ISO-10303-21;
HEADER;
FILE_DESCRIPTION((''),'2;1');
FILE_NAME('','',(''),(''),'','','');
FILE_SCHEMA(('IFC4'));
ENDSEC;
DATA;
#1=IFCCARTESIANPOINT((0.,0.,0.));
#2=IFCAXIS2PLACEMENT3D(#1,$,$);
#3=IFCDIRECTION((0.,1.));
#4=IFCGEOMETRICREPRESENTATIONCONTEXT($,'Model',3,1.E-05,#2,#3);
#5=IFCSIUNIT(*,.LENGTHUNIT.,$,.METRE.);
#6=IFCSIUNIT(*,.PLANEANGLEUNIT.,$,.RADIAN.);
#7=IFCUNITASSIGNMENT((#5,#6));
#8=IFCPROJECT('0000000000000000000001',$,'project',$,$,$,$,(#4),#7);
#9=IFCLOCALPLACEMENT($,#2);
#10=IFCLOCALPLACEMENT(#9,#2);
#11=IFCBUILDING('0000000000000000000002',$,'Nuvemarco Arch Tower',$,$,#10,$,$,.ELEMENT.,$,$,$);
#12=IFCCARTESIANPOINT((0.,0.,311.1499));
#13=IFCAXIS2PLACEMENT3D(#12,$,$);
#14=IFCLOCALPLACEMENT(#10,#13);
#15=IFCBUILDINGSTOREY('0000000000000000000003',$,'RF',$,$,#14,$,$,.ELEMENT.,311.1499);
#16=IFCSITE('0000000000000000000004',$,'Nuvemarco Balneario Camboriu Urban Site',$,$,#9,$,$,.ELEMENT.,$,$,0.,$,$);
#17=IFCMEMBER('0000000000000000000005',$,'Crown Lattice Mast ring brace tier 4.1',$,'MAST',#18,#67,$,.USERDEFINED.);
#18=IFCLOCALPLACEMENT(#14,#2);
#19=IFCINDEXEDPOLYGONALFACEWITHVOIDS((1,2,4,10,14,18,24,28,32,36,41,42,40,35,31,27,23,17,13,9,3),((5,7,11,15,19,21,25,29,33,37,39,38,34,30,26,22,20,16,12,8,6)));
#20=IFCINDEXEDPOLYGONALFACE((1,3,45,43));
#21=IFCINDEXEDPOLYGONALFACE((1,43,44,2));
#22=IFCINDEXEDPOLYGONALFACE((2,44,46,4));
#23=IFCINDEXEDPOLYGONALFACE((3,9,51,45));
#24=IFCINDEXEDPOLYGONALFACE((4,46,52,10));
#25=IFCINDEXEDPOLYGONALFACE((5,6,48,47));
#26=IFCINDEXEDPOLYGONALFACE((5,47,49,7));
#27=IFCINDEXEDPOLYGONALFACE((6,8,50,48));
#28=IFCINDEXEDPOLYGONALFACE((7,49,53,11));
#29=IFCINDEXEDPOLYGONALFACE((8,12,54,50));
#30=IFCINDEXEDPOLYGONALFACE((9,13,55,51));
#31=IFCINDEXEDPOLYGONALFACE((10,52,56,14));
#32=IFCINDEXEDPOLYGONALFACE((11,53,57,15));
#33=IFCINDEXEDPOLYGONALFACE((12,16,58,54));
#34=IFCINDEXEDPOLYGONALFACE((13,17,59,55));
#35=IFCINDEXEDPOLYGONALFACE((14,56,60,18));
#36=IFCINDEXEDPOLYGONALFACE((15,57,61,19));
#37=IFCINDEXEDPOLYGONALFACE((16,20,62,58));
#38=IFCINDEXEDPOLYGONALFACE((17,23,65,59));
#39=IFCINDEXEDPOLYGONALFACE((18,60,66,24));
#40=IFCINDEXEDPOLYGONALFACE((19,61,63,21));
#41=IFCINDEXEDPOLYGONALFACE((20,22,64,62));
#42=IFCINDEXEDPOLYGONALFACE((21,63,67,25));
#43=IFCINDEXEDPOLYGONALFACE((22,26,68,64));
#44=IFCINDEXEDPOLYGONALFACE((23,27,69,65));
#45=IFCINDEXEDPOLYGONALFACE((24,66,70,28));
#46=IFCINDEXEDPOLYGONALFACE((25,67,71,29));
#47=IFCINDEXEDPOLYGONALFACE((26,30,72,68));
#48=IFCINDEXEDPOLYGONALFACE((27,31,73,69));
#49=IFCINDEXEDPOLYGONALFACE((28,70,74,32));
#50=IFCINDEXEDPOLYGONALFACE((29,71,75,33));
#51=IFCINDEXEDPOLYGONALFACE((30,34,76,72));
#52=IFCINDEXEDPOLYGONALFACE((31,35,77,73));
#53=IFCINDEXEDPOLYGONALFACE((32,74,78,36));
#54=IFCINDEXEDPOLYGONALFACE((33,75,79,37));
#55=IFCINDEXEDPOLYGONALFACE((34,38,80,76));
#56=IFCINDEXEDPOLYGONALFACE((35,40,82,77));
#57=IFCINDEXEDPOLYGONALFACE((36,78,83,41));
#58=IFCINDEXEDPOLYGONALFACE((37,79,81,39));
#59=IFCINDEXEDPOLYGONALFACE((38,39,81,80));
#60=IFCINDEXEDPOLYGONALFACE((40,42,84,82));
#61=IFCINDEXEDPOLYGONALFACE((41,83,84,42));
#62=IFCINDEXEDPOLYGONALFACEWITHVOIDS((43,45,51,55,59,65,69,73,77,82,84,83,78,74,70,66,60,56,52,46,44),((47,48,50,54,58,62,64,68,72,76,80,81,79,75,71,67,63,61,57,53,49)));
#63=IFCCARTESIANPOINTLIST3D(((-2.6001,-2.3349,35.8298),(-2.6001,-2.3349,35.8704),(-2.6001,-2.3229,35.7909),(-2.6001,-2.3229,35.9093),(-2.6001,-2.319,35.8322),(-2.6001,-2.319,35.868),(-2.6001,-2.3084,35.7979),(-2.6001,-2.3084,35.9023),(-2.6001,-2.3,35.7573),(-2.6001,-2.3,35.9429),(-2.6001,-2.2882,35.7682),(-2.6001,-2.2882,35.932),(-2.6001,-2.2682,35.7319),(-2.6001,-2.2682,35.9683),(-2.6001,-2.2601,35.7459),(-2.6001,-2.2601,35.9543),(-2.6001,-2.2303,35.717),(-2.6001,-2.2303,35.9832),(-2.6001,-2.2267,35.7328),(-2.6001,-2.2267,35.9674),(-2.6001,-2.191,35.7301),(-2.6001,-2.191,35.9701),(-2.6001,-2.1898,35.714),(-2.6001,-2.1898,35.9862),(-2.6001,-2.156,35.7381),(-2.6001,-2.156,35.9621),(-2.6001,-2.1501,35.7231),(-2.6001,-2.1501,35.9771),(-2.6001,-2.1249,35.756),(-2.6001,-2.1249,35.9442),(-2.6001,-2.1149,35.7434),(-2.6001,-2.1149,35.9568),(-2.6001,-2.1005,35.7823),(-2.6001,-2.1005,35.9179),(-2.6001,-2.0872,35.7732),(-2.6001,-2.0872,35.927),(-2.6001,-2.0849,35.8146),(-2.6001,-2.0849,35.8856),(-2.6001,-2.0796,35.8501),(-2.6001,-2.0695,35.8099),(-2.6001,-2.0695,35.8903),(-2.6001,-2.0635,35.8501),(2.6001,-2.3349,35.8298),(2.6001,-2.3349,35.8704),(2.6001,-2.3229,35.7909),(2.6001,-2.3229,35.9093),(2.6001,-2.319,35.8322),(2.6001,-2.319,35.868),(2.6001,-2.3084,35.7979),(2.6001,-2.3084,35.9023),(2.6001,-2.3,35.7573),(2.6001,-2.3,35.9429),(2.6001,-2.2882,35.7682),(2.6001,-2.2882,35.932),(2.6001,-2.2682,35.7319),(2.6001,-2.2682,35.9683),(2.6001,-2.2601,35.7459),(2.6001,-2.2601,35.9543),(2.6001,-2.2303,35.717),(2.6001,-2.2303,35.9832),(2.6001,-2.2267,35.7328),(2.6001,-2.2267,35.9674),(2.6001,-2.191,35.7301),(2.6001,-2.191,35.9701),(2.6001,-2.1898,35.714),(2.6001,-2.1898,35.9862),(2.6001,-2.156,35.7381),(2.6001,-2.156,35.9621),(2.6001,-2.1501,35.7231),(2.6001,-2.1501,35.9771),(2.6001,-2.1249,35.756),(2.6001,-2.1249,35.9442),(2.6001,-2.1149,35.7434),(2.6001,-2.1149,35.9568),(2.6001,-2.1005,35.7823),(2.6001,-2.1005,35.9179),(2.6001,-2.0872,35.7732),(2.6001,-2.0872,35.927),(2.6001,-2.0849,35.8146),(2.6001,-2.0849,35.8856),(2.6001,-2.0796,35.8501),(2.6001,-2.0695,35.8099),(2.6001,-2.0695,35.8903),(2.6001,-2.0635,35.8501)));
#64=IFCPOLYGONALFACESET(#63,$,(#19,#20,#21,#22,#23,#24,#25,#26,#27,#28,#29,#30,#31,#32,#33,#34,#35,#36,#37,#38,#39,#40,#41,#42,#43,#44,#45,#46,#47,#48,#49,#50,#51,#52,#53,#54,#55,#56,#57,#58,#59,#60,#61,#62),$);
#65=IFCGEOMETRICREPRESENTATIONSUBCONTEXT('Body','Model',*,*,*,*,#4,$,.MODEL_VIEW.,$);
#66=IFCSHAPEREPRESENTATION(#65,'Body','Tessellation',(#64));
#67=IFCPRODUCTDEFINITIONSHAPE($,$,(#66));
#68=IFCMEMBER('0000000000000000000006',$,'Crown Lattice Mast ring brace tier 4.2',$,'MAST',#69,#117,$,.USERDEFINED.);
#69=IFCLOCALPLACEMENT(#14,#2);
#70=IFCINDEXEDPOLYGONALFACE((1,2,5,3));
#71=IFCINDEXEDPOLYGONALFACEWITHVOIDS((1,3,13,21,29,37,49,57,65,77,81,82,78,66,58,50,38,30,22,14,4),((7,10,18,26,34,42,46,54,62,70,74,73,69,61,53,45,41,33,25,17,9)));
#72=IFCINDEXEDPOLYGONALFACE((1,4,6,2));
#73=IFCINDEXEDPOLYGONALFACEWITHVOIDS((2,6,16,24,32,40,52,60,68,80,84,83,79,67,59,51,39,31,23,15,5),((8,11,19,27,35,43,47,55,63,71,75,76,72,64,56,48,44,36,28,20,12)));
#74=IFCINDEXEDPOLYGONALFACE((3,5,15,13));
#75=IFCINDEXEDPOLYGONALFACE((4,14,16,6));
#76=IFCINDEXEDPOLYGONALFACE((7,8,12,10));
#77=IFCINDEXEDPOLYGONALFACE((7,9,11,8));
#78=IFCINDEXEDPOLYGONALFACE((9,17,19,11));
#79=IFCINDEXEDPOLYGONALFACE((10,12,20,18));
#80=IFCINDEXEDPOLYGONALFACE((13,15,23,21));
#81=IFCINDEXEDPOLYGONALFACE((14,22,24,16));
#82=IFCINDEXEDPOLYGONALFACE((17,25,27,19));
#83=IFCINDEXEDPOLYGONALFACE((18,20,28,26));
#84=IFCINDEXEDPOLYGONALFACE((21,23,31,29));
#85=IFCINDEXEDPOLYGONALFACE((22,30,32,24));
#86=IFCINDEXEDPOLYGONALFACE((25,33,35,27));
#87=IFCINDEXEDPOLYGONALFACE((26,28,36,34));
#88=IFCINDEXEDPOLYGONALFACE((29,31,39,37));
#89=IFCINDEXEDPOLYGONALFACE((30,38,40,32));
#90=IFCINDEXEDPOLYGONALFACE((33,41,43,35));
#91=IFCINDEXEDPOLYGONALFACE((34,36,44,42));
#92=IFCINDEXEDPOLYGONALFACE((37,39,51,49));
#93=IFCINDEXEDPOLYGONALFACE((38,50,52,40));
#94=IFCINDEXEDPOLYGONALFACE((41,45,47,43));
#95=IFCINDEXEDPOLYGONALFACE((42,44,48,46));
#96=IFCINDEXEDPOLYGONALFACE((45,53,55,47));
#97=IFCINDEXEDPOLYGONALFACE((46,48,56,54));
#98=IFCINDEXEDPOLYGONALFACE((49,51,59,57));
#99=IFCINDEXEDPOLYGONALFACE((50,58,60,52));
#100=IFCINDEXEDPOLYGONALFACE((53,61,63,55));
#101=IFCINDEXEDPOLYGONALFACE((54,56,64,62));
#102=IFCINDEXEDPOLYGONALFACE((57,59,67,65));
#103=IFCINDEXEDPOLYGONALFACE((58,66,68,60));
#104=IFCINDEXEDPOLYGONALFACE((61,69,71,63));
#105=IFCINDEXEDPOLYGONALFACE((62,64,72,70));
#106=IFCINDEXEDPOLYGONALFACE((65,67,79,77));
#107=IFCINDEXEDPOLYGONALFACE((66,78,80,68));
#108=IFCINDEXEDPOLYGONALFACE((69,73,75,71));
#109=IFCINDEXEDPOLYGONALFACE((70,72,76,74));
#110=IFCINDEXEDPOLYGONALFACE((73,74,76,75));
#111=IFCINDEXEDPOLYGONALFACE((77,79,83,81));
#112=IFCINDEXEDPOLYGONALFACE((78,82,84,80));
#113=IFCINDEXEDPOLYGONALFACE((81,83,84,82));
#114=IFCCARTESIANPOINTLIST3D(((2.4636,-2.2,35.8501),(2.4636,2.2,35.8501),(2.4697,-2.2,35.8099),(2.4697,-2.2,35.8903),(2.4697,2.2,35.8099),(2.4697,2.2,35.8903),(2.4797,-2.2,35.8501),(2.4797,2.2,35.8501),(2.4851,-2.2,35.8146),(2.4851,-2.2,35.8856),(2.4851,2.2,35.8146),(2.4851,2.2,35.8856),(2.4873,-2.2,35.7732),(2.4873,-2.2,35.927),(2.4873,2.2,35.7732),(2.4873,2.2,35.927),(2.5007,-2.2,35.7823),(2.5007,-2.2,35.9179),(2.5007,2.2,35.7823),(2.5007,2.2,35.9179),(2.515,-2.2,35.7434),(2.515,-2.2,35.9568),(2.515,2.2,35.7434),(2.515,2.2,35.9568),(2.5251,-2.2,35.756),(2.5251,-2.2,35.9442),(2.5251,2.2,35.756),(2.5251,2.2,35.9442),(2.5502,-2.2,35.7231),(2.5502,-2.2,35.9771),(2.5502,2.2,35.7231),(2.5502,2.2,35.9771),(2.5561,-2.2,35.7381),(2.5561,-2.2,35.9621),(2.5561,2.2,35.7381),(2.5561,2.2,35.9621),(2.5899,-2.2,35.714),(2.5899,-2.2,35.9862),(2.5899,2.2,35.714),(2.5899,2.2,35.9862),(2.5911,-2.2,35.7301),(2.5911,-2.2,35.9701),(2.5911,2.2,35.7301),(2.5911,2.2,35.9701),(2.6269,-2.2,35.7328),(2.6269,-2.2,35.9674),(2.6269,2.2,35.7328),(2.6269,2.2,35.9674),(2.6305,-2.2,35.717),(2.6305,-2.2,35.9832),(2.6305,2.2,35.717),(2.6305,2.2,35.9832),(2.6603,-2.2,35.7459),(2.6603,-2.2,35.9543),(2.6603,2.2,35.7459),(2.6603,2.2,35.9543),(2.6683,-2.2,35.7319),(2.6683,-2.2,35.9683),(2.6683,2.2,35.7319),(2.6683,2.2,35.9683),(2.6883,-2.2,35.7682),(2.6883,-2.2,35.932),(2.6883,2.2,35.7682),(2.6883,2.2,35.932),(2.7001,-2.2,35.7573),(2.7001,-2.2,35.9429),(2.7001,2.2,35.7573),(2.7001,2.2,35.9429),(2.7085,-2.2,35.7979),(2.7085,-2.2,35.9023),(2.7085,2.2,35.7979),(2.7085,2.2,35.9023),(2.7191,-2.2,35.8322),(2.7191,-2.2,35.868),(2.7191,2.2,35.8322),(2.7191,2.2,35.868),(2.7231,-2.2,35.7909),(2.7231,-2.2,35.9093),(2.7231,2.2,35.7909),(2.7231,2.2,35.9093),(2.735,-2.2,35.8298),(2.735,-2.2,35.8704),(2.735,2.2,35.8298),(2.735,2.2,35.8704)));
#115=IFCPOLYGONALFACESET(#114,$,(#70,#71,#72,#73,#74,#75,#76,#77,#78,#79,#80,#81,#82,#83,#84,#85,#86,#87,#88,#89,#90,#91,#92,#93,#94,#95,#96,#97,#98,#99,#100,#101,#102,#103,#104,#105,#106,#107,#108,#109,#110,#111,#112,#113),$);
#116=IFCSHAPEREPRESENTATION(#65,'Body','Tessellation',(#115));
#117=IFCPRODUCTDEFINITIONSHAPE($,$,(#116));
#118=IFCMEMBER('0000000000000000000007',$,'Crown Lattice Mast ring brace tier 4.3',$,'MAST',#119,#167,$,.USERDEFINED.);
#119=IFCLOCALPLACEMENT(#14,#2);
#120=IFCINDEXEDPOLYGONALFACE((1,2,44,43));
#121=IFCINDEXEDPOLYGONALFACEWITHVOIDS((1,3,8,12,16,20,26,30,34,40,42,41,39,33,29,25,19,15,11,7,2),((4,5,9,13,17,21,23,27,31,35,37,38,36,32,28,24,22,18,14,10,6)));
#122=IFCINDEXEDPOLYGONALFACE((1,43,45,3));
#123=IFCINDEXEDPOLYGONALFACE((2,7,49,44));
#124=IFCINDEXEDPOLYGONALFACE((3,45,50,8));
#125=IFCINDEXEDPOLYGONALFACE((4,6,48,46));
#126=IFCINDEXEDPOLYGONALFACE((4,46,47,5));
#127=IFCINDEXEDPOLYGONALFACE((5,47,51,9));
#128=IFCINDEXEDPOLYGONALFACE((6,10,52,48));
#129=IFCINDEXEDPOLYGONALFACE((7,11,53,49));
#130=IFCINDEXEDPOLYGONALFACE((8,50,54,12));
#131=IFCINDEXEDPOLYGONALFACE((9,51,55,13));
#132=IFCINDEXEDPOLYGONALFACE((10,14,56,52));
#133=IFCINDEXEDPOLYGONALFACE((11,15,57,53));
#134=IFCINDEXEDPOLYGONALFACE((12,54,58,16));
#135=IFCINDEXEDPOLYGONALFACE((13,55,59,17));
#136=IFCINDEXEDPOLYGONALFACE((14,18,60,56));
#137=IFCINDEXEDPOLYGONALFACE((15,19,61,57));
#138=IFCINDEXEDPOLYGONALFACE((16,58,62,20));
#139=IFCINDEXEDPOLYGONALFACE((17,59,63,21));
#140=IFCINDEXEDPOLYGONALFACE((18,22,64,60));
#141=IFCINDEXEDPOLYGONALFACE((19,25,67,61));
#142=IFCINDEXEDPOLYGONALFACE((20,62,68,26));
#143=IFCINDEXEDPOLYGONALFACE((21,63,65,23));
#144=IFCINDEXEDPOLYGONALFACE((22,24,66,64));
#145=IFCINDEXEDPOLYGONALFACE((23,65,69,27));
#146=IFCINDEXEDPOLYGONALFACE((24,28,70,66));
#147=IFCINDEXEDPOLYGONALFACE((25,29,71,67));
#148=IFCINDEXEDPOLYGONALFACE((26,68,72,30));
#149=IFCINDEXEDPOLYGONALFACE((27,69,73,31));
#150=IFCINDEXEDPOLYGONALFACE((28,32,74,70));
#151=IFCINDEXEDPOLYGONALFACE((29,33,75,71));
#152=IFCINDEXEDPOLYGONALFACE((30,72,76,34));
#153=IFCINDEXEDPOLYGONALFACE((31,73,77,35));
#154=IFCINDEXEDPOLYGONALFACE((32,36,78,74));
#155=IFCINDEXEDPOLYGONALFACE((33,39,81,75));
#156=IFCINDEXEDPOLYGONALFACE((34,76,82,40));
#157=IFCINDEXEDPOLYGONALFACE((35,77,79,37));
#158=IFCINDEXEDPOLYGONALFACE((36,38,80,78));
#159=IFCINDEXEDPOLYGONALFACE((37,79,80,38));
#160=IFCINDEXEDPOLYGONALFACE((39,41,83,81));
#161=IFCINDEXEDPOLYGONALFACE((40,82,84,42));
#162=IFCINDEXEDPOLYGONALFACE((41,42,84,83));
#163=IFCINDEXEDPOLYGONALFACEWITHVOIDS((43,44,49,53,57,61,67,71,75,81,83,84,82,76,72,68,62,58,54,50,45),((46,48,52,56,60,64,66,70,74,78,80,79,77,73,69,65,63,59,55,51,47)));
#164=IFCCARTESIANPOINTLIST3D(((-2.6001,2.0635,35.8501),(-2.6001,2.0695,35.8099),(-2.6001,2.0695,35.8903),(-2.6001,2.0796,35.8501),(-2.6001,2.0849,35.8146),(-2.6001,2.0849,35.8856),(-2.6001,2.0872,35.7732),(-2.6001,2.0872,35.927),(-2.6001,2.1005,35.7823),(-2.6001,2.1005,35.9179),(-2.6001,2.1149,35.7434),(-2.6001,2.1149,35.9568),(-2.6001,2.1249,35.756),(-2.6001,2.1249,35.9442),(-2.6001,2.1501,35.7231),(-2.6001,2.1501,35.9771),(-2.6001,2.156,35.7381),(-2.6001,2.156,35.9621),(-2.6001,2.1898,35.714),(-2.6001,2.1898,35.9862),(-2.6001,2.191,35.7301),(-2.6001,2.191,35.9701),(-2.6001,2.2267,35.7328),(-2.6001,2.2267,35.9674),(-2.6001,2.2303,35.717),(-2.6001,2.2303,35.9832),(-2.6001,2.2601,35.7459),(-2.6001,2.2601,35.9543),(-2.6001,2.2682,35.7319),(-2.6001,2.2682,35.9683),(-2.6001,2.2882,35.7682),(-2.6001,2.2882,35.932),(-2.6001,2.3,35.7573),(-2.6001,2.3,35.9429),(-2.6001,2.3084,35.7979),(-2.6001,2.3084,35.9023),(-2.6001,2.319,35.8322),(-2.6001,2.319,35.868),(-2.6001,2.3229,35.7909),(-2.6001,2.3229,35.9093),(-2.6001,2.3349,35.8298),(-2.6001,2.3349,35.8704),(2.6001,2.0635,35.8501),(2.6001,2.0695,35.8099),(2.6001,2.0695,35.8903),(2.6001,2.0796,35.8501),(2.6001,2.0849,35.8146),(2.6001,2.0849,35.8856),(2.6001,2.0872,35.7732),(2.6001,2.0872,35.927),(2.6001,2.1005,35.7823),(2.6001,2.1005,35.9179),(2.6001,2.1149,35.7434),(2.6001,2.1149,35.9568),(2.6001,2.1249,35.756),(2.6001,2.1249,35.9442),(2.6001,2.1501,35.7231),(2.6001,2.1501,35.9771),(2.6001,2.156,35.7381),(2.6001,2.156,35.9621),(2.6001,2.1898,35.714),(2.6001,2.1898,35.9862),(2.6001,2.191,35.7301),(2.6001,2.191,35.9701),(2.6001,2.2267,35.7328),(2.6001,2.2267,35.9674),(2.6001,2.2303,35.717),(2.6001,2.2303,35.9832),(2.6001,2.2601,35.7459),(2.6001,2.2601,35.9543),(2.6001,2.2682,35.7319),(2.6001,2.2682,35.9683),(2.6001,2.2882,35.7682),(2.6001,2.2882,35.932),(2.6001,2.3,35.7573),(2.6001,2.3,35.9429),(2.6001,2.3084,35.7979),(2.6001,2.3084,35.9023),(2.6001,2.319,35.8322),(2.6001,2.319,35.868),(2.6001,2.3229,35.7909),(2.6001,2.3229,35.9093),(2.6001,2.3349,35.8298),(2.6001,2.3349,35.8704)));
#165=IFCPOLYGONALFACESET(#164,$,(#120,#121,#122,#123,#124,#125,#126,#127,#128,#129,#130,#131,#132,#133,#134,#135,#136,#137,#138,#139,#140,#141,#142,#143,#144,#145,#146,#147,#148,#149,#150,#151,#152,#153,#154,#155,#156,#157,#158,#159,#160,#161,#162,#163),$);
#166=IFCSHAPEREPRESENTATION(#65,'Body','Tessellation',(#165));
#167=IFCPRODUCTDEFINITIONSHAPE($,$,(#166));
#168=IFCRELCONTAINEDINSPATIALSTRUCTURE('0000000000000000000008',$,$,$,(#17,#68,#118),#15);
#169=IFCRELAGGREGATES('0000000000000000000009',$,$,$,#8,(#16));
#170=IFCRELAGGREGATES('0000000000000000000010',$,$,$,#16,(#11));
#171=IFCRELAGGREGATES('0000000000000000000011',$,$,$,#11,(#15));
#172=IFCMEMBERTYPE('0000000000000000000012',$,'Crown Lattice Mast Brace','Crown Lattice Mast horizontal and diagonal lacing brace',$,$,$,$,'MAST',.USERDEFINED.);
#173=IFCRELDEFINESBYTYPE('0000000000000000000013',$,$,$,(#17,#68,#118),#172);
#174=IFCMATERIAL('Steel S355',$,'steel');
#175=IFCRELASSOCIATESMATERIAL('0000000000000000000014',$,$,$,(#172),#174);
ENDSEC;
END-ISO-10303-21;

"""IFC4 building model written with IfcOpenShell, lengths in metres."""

from ifc_helpers import new_model, si_unit, direction, frame, origin, origin_2d, place, context, subcontext, project, spatial, hollow_circle, extrude, material, material_profile, profile_set, type_object, element, save


model = new_model("IFC4")

# Units and contexts
model_context = context("Model", 3, precision=1e-05, world=origin(), true_north=direction((0.0, 1.0)))
body_context = subcontext(model_context, "Body", "Model", "MODEL_VIEW")
ifc_project = project(units=[si_unit("LENGTHUNIT", "METRE"), si_unit("PLANEANGLEUNIT", "RADIAN")], contexts=[model_context])

# Site, building, storey
site_placement = place(None, origin())
site = spatial("IfcSite", under=ifc_project, at=site_placement, Name="Nuvemarco Balneario Camboriu Urban Site", CompositionType="ELEMENT", RefElevation=0.0)
building_placement = place(site_placement, origin())
building = spatial("IfcBuilding", under=site, at=building_placement, Name="Nuvemarco Arch Tower", CompositionType="ELEMENT")
storey_placement = place(building_placement, frame((0.0, 0.0, 311.1499)))
storey = spatial("IfcBuildingStorey", under=building, at=storey_placement, Name="RF", CompositionType="ELEMENT", Elevation=311.1499)

# Members
ifc_material = material(Name="Steel S355", Category="steel")
ifc_material_profile_1 = material_profile(ifc_material, hollow_circle(Radius=0.1365, WallThickness=0.0161, at=origin_2d()), Name="CHS273x16")
ifc_profile_set_1 = profile_set([ifc_material_profile_1], Name="Steel S355")
member_type_1 = type_object("IfcMemberType", Name="Crown Lattice Mast Brace", Description="Crown Lattice Mast horizontal and diagonal lacing brace", ElementType="MAST", PredefinedType="USERDEFINED", material=ifc_profile_set_1)
member_1_placement = place(storey_placement, frame((-2.6001, -2.2, 35.8501), z_axis=(1.0, 0.0, 0.0), x_axis=(0.0, 1.0, 0.0)))
element("IfcMember", 1, at=member_1_placement, inside=storey, type_object=member_type_1, Name="Crown Lattice Mast ring brace tier 4.1", ObjectType="MAST", PredefinedType="USERDEFINED", context=body_context, shape_type="SweptSolid", body=[
    extrude(hollow_circle(Radius=0.1365, WallThickness=0.0161, at=origin_2d()), origin(), (0.0, 0.0, 1.0), 5.2002),
])
member_2_placement = place(storey_placement, frame((2.6001, -2.2, 35.8501), z_axis=(0.0, 1.0, 0.0), x_axis=(-1.0, 0.0, 0.0)))
element("IfcMember", 2, at=member_2_placement, inside=storey, type_object=member_type_1, Name="Crown Lattice Mast ring brace tier 4.2", ObjectType="MAST", PredefinedType="USERDEFINED", context=body_context, shape_type="SweptSolid", body=[
    extrude(hollow_circle(Radius=0.1365, WallThickness=0.0161, at=origin_2d()), origin(), (0.0, 0.0, 1.0), 4.3999),
])
member_3_placement = place(storey_placement, frame((2.6001, 2.2, 35.8501), z_axis=(-1.0, 0.0, 0.0), x_axis=(0.0, -1.0, 0.0)))
element("IfcMember", 3, at=member_3_placement, inside=storey, type_object=member_type_1, Name="Crown Lattice Mast ring brace tier 4.3", ObjectType="MAST", PredefinedType="USERDEFINED", context=body_context, shape_type="SweptSolid", body=[
    extrude(hollow_circle(Radius=0.1365, WallThickness=0.0161, at=origin_2d()), origin(), (0.0, 0.0, 1.0), 5.2002),
])

save(model, "model.ifc")
